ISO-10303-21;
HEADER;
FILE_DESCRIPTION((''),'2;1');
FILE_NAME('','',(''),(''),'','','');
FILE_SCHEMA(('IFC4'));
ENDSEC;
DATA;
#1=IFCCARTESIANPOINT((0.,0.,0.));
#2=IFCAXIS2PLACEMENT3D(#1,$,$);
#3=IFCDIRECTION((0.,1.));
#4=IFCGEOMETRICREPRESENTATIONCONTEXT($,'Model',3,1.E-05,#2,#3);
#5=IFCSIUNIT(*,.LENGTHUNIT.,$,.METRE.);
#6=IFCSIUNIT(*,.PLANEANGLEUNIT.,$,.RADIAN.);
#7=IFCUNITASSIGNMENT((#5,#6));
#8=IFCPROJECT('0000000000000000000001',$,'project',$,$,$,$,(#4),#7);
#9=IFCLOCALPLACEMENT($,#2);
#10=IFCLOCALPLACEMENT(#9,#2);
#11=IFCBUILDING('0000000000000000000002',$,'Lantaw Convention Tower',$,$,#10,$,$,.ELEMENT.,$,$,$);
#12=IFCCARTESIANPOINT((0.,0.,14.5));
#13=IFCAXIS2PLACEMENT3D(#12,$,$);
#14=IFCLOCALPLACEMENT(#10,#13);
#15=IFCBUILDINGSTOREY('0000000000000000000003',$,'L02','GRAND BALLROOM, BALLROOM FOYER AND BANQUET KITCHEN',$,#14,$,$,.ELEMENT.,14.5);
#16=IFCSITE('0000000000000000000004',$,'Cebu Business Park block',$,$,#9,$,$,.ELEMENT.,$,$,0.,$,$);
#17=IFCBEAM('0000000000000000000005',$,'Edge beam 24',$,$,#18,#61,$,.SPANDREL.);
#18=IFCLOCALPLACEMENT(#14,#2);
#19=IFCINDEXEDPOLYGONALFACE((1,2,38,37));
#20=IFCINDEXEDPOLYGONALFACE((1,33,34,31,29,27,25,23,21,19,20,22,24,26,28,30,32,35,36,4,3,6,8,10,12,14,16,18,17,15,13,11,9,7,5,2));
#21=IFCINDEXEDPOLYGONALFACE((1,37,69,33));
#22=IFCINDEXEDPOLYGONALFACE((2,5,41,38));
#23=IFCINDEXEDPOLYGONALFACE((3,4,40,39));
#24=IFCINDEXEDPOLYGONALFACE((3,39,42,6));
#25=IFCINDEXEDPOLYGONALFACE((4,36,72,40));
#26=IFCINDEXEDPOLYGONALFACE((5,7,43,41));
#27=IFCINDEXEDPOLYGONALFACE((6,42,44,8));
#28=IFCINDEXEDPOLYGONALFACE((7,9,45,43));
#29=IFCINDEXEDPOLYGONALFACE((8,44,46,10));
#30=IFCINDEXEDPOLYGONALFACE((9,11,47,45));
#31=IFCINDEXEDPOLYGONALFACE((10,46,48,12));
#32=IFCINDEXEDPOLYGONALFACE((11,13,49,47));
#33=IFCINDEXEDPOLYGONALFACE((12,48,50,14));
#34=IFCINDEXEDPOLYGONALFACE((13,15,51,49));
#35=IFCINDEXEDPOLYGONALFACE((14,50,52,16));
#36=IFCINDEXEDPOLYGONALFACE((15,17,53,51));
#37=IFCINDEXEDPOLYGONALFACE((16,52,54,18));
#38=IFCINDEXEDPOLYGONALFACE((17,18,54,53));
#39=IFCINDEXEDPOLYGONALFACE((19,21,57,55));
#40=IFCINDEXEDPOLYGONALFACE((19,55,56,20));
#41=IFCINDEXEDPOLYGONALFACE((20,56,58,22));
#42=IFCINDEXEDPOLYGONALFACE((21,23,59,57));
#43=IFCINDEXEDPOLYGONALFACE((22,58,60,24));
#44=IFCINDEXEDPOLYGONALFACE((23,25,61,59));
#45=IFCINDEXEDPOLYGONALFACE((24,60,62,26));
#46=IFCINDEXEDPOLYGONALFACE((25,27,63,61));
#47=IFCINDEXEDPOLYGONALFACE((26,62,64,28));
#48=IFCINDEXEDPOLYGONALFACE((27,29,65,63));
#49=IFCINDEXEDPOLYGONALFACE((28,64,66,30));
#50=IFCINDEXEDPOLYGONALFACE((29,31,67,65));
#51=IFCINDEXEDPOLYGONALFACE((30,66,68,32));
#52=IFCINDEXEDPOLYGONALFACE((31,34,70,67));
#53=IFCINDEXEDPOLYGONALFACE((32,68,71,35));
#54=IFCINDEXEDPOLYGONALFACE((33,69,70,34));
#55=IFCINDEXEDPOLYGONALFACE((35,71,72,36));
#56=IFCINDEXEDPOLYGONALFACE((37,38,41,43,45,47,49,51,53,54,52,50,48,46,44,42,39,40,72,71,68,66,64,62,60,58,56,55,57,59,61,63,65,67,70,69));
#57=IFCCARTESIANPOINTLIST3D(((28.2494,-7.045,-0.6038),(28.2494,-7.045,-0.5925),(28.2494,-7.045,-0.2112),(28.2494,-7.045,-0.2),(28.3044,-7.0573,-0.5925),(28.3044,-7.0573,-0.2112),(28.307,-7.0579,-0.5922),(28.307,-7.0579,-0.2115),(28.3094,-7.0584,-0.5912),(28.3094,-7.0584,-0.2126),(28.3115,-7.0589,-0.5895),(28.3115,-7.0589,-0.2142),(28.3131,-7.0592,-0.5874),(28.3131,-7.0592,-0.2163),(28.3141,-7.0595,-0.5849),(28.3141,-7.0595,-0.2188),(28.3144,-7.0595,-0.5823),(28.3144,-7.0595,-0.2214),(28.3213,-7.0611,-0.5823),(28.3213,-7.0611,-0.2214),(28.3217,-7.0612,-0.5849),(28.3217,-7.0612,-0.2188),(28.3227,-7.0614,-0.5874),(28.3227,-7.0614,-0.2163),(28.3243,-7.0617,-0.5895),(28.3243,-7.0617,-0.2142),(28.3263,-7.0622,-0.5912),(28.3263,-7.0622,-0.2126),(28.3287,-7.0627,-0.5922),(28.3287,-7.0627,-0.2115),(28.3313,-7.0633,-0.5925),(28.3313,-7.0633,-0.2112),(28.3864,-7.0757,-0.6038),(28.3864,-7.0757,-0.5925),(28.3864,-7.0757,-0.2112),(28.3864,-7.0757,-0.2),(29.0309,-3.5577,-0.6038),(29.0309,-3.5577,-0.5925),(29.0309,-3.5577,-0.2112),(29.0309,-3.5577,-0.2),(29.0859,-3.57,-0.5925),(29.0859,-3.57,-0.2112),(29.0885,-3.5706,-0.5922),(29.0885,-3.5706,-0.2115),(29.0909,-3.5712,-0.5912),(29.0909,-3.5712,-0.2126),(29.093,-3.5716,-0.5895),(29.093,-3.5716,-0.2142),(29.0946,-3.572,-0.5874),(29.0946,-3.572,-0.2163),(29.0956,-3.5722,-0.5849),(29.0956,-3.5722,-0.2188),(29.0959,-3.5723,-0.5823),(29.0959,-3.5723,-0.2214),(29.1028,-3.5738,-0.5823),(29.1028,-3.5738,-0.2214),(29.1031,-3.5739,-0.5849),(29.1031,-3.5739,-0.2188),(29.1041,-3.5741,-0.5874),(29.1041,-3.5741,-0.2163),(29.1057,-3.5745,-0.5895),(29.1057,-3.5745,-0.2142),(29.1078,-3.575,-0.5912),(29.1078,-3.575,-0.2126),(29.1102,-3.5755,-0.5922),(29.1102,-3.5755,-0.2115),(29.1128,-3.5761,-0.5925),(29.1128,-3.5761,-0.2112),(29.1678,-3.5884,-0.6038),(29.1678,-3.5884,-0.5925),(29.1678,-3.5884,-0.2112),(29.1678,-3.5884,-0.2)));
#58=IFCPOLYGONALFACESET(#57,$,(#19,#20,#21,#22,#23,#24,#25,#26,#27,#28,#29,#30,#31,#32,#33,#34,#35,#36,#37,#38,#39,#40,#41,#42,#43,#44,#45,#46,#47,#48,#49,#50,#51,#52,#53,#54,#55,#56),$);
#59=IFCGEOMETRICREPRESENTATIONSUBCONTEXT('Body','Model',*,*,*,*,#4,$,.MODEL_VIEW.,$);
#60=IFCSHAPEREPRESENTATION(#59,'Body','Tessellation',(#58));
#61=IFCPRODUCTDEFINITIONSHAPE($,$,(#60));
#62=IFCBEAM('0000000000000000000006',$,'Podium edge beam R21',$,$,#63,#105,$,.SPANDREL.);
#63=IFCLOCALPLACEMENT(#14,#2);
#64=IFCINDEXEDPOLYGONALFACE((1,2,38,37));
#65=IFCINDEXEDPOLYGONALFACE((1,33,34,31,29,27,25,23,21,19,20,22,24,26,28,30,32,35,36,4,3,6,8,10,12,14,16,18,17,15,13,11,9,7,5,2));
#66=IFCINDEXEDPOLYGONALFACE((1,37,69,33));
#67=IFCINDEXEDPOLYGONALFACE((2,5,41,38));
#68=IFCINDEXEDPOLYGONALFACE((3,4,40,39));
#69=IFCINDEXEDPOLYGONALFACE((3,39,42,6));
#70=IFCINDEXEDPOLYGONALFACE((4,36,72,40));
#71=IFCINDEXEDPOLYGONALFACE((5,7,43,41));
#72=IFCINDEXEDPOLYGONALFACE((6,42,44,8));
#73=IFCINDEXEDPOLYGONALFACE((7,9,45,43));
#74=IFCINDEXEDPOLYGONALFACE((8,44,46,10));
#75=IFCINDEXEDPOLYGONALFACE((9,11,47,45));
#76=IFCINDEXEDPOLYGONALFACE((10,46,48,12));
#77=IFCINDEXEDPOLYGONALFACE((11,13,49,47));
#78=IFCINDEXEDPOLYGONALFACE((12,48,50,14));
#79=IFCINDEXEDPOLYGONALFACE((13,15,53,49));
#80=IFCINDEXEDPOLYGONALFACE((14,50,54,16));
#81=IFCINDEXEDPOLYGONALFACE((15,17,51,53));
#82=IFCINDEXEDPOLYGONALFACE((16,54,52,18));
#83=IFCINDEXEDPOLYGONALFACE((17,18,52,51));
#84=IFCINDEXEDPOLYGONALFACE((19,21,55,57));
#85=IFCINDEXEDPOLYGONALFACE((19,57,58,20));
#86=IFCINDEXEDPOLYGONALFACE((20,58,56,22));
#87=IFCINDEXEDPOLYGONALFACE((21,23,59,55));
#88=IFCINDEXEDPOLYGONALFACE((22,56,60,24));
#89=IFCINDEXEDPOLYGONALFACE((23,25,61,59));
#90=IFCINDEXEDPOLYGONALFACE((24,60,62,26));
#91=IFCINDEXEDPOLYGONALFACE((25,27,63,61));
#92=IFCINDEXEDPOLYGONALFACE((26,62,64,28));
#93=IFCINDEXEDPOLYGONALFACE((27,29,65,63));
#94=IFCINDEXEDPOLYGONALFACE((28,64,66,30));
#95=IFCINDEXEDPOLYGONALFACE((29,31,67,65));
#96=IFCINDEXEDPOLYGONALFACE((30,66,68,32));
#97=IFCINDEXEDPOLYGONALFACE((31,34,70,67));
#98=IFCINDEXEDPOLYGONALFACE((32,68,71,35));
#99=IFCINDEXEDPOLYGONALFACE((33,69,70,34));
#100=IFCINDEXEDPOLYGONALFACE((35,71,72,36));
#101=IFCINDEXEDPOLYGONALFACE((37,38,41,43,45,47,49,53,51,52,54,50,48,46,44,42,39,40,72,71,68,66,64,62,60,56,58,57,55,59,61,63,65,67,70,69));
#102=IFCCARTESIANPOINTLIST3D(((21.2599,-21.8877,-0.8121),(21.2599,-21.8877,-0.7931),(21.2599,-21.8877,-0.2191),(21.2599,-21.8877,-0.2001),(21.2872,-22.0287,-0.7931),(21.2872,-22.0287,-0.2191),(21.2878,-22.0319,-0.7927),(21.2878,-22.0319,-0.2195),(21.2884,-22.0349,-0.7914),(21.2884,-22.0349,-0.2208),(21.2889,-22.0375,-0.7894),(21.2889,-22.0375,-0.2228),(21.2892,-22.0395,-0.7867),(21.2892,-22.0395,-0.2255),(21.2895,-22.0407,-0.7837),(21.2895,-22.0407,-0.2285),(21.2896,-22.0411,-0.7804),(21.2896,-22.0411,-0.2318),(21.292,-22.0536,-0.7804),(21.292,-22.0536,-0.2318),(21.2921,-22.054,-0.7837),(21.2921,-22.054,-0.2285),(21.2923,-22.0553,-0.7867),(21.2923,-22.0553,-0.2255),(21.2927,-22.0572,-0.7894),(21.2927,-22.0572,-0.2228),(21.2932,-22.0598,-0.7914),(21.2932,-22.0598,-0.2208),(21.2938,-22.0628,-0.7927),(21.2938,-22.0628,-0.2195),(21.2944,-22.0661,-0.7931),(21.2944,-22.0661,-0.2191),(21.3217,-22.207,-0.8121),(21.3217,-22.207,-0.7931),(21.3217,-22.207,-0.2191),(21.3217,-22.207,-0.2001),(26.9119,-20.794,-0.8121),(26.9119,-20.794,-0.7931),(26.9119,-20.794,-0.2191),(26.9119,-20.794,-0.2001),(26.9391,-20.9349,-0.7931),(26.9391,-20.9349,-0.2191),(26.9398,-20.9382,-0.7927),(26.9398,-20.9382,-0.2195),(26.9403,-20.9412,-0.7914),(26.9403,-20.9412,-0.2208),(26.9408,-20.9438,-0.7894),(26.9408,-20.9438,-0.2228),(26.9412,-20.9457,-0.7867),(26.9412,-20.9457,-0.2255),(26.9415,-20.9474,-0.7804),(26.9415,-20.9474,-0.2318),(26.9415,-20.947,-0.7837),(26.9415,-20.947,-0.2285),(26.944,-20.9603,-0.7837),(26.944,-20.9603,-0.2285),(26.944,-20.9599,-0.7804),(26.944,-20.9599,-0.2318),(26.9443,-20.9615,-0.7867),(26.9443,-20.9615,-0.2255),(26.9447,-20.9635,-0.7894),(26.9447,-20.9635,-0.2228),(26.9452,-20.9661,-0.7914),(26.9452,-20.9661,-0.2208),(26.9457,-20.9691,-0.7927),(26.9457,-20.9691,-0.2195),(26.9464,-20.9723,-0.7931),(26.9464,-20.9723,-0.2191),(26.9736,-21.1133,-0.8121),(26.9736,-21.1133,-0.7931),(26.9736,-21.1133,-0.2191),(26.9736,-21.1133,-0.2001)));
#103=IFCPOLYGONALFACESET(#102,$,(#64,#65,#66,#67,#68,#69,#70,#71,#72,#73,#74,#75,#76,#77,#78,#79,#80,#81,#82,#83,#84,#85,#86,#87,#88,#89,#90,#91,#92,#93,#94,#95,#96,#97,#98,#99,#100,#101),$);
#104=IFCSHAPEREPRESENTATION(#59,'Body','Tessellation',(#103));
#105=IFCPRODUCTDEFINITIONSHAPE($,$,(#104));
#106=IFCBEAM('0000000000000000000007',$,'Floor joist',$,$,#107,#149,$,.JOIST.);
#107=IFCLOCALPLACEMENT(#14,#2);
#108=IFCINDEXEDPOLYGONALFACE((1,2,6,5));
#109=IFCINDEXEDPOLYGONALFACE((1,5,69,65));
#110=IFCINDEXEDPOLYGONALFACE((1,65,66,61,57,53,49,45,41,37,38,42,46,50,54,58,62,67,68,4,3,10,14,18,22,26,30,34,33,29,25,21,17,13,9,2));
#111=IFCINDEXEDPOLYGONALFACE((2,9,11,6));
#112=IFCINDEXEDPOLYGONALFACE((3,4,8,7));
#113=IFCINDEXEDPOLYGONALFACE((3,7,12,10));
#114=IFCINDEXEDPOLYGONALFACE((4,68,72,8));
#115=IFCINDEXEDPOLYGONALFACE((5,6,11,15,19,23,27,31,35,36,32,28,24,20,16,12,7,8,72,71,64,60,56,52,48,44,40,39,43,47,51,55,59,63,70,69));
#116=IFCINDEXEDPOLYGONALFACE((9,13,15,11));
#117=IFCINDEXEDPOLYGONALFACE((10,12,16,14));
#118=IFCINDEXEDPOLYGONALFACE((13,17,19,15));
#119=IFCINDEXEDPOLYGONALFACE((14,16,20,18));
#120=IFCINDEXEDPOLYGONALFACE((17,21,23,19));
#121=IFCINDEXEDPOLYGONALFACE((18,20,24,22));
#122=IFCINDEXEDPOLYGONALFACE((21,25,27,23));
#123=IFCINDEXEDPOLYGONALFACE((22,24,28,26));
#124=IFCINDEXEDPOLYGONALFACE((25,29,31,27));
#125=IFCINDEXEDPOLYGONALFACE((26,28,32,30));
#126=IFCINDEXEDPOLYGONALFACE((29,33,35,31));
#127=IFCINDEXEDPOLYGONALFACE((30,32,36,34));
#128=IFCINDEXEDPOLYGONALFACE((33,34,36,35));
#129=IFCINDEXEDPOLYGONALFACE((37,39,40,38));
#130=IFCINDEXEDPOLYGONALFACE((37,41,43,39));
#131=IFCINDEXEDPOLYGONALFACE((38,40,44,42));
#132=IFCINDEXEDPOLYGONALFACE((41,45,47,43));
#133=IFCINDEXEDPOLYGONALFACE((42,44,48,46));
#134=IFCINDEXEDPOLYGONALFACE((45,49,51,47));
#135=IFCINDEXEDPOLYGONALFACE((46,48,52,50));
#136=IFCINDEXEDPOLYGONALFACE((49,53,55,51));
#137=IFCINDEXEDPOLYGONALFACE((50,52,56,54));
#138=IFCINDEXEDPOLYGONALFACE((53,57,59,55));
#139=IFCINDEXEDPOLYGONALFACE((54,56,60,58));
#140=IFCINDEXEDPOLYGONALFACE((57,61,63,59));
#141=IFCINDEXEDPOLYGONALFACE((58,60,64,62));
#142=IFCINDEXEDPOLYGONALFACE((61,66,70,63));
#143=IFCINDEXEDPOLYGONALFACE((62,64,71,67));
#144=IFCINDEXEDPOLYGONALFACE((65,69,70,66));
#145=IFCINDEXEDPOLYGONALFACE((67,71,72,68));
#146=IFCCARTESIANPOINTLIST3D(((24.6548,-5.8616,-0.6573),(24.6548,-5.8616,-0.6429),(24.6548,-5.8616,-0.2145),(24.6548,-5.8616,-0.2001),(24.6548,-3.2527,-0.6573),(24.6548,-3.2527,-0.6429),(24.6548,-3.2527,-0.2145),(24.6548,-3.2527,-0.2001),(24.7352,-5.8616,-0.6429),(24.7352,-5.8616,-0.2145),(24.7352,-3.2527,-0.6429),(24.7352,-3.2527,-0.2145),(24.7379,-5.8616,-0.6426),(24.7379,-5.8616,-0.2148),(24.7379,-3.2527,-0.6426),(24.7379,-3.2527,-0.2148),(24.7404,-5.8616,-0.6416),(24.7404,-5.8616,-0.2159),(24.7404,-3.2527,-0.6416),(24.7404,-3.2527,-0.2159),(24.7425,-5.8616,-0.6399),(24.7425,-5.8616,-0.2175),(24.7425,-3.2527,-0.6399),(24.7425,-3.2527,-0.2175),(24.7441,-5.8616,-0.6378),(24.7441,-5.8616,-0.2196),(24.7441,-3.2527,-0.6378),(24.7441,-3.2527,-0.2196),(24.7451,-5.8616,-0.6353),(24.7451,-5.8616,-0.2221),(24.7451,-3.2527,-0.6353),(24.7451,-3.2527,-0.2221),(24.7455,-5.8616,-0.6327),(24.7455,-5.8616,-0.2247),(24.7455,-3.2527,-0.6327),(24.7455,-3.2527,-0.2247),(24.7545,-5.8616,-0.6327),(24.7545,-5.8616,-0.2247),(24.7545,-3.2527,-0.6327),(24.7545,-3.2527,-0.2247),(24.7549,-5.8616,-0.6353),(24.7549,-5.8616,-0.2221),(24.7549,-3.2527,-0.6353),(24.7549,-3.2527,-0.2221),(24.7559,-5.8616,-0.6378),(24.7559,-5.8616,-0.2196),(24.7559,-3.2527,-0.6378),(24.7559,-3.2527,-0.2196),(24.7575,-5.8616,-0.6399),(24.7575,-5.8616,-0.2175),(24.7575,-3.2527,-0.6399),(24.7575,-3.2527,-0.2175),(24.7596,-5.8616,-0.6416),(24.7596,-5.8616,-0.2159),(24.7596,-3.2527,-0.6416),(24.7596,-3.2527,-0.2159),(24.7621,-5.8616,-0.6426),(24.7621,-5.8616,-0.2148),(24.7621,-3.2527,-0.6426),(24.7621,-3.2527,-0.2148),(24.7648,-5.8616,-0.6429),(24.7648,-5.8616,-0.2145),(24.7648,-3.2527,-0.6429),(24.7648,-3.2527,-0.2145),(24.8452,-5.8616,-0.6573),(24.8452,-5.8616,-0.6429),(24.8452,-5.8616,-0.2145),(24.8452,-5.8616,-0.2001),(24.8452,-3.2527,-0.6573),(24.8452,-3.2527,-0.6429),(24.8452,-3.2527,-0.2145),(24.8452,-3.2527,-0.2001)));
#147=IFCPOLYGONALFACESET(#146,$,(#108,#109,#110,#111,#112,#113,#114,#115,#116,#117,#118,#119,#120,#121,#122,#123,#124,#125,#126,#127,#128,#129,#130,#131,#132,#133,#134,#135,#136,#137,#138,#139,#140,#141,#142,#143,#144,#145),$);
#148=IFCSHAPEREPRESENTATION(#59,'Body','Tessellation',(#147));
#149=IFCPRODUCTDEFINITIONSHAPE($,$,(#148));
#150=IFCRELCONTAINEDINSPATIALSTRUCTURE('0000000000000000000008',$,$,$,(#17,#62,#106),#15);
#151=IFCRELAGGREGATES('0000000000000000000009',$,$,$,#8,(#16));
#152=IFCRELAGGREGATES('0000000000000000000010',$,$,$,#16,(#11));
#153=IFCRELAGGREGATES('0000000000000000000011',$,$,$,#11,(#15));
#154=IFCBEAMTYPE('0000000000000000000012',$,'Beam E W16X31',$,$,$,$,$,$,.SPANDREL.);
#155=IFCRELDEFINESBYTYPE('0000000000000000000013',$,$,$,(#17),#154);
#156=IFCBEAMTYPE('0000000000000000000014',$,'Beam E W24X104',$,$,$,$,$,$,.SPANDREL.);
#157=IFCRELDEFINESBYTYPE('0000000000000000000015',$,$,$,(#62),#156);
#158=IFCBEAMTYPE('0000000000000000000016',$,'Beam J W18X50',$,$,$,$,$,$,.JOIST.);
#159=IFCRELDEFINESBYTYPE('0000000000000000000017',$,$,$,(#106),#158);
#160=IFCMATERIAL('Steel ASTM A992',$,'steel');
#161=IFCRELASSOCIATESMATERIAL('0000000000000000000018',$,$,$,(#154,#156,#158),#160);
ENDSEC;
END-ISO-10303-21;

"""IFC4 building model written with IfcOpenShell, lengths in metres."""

from ifc_helpers import new_model, si_unit, direction, frame, origin, origin_2d, place, context, subcontext, project, spatial, i_section, extrude, material, material_profile, profile_set, type_object, element, save


model = new_model("IFC4")

# Units and contexts
model_context = context("Model", 3, precision=1e-05, world=origin(), true_north=direction((0.0, 1.0)))
body_context = subcontext(model_context, "Body", "Model", "MODEL_VIEW")
ifc_project = project(units=[si_unit("LENGTHUNIT", "METRE"), si_unit("PLANEANGLEUNIT", "RADIAN")], contexts=[model_context])

# Site, building, storey
site_placement = place(None, origin())
site = spatial("IfcSite", under=ifc_project, at=site_placement, Name="Cebu Business Park block", CompositionType="ELEMENT", RefElevation=0.0)
building_placement = place(site_placement, origin())
building = spatial("IfcBuilding", under=site, at=building_placement, Name="Lantaw Convention Tower", CompositionType="ELEMENT")
storey_placement = place(building_placement, frame((0.0, 0.0, 14.5)))
storey = spatial("IfcBuildingStorey", under=building, at=storey_placement, Name="L02", Description="GRAND BALLROOM, BALLROOM FOYER AND BANQUET KITCHEN", CompositionType="ELEMENT", Elevation=14.5)

# Beams
ifc_material_1 = material(Name="Steel ASTM A992", Category="steel")
ifc_material_profile_1 = material_profile(ifc_material_1, i_section(OverallWidth=0.1404, OverallDepth=0.4038, WebThickness=0.0071, FlangeThickness=0.0112, FilletRadius=0.0103, at=origin_2d()), Name="W16X31")
ifc_profile_set_1 = profile_set([ifc_material_profile_1], Name="Steel ASTM A992")
beam_type_1 = type_object("IfcBeamType", Name="Beam E W16X31", PredefinedType="SPANDREL", material=ifc_profile_set_1)
beam_1_placement = place(storey_placement, frame((28.3179, -7.0603, -0.4019), z_axis=(0.218673, 0.975798, 0.0), x_axis=(-0.975798, 0.218673, 0.0)))
element("IfcBeam", 1, at=beam_1_placement, inside=storey, type_object=beam_type_1, Name="Edge beam 24", PredefinedType="SPANDREL", context=body_context, shape_type="SweptSolid", body=[
    extrude(i_section(OverallWidth=0.1404, OverallDepth=0.4038, WebThickness=0.0071, FlangeThickness=0.0112, FilletRadius=0.0103, at=origin_2d()), origin(), (0.0, 0.0, 1.0), 3.5737),
])
ifc_material_profile_2 = material_profile(ifc_material_1, i_section(OverallWidth=0.3252, OverallDepth=0.6121, WebThickness=0.0127, FlangeThickness=0.019, FilletRadius=0.0127, at=origin_2d()), Name="W24X104")
ifc_profile_set_2 = profile_set([ifc_material_profile_2], Name="Steel ASTM A992")
beam_type_2 = type_object("IfcBeamType", Name="Beam E W24X104", PredefinedType="SPANDREL", material=ifc_profile_set_2)
beam_2_placement = place(storey_placement, frame((21.2908, -22.0474, -0.5061), z_axis=(0.981786, 0.189988, 0.0), x_axis=(-0.189988, 0.981786, 0.0)))
element("IfcBeam", 2, at=beam_2_placement, inside=storey, type_object=beam_type_2, Name="Podium edge beam R21", PredefinedType="SPANDREL", context=body_context, shape_type="SweptSolid", body=[
    extrude(i_section(OverallWidth=0.3252, OverallDepth=0.6121, WebThickness=0.0127, FlangeThickness=0.019, FilletRadius=0.0127, at=origin_2d()), origin(), (0.0, 0.0, 1.0), 5.7568),
])
ifc_material_profile_3 = material_profile(ifc_material_1, i_section(OverallWidth=0.1904, OverallDepth=0.4573, WebThickness=0.009, FlangeThickness=0.0144, FilletRadius=0.0103, at=origin_2d()), Name="W18X50")
ifc_profile_set_3 = profile_set([ifc_material_profile_3], Name="Steel ASTM A992")
beam_type_3 = type_object("IfcBeamType", Name="Beam J W18X50", PredefinedType="JOIST", material=ifc_profile_set_3)
beam_3_placement = place(storey_placement, frame((24.75, -5.8616, -0.4287), z_axis=(0.0, 1.0, 0.0), x_axis=(-1.0, 0.0, 0.0)))
element("IfcBeam", 3, at=beam_3_placement, inside=storey, type_object=beam_type_3, Name="Floor joist", PredefinedType="JOIST", context=body_context, shape_type="SweptSolid", body=[
    extrude(i_section(OverallWidth=0.1904, OverallDepth=0.4573, WebThickness=0.009, FlangeThickness=0.0144, FilletRadius=0.0103, at=origin_2d()), origin(), (0.0, 0.0, 1.0), 2.6089),
])

save(model, "model.ifc")
